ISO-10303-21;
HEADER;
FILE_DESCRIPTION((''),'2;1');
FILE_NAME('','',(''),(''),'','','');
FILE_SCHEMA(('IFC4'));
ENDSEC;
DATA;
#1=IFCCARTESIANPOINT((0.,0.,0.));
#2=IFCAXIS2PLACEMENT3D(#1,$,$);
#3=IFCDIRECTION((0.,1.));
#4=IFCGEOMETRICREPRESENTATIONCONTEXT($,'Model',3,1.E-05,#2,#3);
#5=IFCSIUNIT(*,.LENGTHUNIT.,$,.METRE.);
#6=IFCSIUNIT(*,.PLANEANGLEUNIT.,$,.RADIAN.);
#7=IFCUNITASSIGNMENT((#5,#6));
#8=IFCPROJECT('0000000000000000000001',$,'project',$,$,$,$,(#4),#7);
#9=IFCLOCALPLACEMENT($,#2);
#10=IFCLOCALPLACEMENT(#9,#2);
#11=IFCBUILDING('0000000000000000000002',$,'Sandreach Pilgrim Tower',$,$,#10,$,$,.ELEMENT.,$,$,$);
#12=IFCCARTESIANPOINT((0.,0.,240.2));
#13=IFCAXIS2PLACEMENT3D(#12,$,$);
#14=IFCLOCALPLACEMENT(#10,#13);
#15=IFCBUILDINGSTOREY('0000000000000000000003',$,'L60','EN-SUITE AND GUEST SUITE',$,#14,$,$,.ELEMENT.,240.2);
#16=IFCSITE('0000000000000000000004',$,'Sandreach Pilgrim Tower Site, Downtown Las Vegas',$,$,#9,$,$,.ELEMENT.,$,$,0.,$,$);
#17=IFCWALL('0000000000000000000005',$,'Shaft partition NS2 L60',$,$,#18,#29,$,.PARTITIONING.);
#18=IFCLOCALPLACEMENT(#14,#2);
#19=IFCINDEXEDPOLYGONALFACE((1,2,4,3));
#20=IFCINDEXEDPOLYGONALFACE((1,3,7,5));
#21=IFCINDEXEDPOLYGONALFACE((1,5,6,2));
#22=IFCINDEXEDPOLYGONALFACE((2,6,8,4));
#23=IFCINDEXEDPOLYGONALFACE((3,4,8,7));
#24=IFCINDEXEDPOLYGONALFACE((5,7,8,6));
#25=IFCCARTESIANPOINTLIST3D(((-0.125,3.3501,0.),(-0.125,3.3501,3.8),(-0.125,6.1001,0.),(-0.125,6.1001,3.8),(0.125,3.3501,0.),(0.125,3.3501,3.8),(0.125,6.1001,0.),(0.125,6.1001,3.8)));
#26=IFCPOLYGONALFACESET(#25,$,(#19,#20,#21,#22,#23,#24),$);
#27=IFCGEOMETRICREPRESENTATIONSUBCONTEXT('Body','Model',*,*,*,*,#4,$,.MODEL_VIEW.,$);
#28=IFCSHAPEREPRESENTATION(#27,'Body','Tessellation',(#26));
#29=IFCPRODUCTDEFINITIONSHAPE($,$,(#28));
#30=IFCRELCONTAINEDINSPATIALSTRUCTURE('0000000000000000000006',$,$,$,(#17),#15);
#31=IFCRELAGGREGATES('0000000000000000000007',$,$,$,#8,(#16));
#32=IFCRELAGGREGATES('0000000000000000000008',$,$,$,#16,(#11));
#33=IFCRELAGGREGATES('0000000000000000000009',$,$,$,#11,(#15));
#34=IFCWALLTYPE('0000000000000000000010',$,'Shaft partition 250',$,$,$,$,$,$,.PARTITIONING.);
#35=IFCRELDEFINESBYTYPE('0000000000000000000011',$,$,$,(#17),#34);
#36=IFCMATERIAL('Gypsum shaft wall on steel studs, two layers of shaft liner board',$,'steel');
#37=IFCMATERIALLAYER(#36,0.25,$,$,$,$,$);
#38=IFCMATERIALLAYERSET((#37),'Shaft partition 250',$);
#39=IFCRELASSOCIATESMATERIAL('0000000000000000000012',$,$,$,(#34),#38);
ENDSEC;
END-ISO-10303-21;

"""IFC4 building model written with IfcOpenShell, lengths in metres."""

from ifc_helpers import new_model, si_unit, direction, frame, frame_2d, origin, place, context, subcontext, project, spatial, rectangle, extrude, material, layer, layer_set, type_object, element, save


model = new_model("IFC4")

# Units and contexts
model_context = context("Model", 3, precision=1e-05, world=origin(), true_north=direction((0.0, 1.0)))
body_context = subcontext(model_context, "Body", "Model", "MODEL_VIEW")
ifc_project = project(units=[si_unit("LENGTHUNIT", "METRE"), si_unit("PLANEANGLEUNIT", "RADIAN")], contexts=[model_context])

# Site, building, storey
site_placement = place(None, origin())
site = spatial("IfcSite", under=ifc_project, at=site_placement, Name="Sandreach Pilgrim Tower Site, Downtown Las Vegas", CompositionType="ELEMENT", RefElevation=0.0)
building_placement = place(site_placement, origin())
building = spatial("IfcBuilding", under=site, at=building_placement, Name="Sandreach Pilgrim Tower", CompositionType="ELEMENT")
storey_placement = place(building_placement, frame((0.0, 0.0, 240.2)))
storey = spatial("IfcBuildingStorey", under=building, at=storey_placement, Name="L60", Description="EN-SUITE AND GUEST SUITE", CompositionType="ELEMENT", Elevation=240.2)

# Wall
ifc_material_1 = material(Name="Gypsum shaft wall on steel studs, two layers of shaft liner board", Category="steel")
ifc_layer_1 = layer(ifc_material_1, 0.25)
ifc_layer_set_1 = layer_set([ifc_layer_1], Name="Shaft partition 250")
wall_type_1 = type_object("IfcWallType", Name="Shaft partition 250", PredefinedType="PARTITIONING", material=ifc_layer_set_1)
for number, where, z_axis, x_axis, name in (
    (1, (0.0, 3.3501, 0.0), (0.0, 0.0, 1.0), (0.0, 1.0, 0.0), "Shaft partition NS2 L60"),
):
    element("IfcWall", number, at=place(storey_placement, frame(where, z_axis=z_axis, x_axis=x_axis)), inside=storey, type_object=wall_type_1, Name=name, PredefinedType="PARTITIONING", context=body_context, shape_type="SweptSolid", body=[
        extrude(rectangle(XDim=2.75, YDim=0.25, at=frame_2d((1.375, 0.0))), origin(), (0.0, 0.0, 1.0), 3.8),
    ])

save(model, "model.ifc")
